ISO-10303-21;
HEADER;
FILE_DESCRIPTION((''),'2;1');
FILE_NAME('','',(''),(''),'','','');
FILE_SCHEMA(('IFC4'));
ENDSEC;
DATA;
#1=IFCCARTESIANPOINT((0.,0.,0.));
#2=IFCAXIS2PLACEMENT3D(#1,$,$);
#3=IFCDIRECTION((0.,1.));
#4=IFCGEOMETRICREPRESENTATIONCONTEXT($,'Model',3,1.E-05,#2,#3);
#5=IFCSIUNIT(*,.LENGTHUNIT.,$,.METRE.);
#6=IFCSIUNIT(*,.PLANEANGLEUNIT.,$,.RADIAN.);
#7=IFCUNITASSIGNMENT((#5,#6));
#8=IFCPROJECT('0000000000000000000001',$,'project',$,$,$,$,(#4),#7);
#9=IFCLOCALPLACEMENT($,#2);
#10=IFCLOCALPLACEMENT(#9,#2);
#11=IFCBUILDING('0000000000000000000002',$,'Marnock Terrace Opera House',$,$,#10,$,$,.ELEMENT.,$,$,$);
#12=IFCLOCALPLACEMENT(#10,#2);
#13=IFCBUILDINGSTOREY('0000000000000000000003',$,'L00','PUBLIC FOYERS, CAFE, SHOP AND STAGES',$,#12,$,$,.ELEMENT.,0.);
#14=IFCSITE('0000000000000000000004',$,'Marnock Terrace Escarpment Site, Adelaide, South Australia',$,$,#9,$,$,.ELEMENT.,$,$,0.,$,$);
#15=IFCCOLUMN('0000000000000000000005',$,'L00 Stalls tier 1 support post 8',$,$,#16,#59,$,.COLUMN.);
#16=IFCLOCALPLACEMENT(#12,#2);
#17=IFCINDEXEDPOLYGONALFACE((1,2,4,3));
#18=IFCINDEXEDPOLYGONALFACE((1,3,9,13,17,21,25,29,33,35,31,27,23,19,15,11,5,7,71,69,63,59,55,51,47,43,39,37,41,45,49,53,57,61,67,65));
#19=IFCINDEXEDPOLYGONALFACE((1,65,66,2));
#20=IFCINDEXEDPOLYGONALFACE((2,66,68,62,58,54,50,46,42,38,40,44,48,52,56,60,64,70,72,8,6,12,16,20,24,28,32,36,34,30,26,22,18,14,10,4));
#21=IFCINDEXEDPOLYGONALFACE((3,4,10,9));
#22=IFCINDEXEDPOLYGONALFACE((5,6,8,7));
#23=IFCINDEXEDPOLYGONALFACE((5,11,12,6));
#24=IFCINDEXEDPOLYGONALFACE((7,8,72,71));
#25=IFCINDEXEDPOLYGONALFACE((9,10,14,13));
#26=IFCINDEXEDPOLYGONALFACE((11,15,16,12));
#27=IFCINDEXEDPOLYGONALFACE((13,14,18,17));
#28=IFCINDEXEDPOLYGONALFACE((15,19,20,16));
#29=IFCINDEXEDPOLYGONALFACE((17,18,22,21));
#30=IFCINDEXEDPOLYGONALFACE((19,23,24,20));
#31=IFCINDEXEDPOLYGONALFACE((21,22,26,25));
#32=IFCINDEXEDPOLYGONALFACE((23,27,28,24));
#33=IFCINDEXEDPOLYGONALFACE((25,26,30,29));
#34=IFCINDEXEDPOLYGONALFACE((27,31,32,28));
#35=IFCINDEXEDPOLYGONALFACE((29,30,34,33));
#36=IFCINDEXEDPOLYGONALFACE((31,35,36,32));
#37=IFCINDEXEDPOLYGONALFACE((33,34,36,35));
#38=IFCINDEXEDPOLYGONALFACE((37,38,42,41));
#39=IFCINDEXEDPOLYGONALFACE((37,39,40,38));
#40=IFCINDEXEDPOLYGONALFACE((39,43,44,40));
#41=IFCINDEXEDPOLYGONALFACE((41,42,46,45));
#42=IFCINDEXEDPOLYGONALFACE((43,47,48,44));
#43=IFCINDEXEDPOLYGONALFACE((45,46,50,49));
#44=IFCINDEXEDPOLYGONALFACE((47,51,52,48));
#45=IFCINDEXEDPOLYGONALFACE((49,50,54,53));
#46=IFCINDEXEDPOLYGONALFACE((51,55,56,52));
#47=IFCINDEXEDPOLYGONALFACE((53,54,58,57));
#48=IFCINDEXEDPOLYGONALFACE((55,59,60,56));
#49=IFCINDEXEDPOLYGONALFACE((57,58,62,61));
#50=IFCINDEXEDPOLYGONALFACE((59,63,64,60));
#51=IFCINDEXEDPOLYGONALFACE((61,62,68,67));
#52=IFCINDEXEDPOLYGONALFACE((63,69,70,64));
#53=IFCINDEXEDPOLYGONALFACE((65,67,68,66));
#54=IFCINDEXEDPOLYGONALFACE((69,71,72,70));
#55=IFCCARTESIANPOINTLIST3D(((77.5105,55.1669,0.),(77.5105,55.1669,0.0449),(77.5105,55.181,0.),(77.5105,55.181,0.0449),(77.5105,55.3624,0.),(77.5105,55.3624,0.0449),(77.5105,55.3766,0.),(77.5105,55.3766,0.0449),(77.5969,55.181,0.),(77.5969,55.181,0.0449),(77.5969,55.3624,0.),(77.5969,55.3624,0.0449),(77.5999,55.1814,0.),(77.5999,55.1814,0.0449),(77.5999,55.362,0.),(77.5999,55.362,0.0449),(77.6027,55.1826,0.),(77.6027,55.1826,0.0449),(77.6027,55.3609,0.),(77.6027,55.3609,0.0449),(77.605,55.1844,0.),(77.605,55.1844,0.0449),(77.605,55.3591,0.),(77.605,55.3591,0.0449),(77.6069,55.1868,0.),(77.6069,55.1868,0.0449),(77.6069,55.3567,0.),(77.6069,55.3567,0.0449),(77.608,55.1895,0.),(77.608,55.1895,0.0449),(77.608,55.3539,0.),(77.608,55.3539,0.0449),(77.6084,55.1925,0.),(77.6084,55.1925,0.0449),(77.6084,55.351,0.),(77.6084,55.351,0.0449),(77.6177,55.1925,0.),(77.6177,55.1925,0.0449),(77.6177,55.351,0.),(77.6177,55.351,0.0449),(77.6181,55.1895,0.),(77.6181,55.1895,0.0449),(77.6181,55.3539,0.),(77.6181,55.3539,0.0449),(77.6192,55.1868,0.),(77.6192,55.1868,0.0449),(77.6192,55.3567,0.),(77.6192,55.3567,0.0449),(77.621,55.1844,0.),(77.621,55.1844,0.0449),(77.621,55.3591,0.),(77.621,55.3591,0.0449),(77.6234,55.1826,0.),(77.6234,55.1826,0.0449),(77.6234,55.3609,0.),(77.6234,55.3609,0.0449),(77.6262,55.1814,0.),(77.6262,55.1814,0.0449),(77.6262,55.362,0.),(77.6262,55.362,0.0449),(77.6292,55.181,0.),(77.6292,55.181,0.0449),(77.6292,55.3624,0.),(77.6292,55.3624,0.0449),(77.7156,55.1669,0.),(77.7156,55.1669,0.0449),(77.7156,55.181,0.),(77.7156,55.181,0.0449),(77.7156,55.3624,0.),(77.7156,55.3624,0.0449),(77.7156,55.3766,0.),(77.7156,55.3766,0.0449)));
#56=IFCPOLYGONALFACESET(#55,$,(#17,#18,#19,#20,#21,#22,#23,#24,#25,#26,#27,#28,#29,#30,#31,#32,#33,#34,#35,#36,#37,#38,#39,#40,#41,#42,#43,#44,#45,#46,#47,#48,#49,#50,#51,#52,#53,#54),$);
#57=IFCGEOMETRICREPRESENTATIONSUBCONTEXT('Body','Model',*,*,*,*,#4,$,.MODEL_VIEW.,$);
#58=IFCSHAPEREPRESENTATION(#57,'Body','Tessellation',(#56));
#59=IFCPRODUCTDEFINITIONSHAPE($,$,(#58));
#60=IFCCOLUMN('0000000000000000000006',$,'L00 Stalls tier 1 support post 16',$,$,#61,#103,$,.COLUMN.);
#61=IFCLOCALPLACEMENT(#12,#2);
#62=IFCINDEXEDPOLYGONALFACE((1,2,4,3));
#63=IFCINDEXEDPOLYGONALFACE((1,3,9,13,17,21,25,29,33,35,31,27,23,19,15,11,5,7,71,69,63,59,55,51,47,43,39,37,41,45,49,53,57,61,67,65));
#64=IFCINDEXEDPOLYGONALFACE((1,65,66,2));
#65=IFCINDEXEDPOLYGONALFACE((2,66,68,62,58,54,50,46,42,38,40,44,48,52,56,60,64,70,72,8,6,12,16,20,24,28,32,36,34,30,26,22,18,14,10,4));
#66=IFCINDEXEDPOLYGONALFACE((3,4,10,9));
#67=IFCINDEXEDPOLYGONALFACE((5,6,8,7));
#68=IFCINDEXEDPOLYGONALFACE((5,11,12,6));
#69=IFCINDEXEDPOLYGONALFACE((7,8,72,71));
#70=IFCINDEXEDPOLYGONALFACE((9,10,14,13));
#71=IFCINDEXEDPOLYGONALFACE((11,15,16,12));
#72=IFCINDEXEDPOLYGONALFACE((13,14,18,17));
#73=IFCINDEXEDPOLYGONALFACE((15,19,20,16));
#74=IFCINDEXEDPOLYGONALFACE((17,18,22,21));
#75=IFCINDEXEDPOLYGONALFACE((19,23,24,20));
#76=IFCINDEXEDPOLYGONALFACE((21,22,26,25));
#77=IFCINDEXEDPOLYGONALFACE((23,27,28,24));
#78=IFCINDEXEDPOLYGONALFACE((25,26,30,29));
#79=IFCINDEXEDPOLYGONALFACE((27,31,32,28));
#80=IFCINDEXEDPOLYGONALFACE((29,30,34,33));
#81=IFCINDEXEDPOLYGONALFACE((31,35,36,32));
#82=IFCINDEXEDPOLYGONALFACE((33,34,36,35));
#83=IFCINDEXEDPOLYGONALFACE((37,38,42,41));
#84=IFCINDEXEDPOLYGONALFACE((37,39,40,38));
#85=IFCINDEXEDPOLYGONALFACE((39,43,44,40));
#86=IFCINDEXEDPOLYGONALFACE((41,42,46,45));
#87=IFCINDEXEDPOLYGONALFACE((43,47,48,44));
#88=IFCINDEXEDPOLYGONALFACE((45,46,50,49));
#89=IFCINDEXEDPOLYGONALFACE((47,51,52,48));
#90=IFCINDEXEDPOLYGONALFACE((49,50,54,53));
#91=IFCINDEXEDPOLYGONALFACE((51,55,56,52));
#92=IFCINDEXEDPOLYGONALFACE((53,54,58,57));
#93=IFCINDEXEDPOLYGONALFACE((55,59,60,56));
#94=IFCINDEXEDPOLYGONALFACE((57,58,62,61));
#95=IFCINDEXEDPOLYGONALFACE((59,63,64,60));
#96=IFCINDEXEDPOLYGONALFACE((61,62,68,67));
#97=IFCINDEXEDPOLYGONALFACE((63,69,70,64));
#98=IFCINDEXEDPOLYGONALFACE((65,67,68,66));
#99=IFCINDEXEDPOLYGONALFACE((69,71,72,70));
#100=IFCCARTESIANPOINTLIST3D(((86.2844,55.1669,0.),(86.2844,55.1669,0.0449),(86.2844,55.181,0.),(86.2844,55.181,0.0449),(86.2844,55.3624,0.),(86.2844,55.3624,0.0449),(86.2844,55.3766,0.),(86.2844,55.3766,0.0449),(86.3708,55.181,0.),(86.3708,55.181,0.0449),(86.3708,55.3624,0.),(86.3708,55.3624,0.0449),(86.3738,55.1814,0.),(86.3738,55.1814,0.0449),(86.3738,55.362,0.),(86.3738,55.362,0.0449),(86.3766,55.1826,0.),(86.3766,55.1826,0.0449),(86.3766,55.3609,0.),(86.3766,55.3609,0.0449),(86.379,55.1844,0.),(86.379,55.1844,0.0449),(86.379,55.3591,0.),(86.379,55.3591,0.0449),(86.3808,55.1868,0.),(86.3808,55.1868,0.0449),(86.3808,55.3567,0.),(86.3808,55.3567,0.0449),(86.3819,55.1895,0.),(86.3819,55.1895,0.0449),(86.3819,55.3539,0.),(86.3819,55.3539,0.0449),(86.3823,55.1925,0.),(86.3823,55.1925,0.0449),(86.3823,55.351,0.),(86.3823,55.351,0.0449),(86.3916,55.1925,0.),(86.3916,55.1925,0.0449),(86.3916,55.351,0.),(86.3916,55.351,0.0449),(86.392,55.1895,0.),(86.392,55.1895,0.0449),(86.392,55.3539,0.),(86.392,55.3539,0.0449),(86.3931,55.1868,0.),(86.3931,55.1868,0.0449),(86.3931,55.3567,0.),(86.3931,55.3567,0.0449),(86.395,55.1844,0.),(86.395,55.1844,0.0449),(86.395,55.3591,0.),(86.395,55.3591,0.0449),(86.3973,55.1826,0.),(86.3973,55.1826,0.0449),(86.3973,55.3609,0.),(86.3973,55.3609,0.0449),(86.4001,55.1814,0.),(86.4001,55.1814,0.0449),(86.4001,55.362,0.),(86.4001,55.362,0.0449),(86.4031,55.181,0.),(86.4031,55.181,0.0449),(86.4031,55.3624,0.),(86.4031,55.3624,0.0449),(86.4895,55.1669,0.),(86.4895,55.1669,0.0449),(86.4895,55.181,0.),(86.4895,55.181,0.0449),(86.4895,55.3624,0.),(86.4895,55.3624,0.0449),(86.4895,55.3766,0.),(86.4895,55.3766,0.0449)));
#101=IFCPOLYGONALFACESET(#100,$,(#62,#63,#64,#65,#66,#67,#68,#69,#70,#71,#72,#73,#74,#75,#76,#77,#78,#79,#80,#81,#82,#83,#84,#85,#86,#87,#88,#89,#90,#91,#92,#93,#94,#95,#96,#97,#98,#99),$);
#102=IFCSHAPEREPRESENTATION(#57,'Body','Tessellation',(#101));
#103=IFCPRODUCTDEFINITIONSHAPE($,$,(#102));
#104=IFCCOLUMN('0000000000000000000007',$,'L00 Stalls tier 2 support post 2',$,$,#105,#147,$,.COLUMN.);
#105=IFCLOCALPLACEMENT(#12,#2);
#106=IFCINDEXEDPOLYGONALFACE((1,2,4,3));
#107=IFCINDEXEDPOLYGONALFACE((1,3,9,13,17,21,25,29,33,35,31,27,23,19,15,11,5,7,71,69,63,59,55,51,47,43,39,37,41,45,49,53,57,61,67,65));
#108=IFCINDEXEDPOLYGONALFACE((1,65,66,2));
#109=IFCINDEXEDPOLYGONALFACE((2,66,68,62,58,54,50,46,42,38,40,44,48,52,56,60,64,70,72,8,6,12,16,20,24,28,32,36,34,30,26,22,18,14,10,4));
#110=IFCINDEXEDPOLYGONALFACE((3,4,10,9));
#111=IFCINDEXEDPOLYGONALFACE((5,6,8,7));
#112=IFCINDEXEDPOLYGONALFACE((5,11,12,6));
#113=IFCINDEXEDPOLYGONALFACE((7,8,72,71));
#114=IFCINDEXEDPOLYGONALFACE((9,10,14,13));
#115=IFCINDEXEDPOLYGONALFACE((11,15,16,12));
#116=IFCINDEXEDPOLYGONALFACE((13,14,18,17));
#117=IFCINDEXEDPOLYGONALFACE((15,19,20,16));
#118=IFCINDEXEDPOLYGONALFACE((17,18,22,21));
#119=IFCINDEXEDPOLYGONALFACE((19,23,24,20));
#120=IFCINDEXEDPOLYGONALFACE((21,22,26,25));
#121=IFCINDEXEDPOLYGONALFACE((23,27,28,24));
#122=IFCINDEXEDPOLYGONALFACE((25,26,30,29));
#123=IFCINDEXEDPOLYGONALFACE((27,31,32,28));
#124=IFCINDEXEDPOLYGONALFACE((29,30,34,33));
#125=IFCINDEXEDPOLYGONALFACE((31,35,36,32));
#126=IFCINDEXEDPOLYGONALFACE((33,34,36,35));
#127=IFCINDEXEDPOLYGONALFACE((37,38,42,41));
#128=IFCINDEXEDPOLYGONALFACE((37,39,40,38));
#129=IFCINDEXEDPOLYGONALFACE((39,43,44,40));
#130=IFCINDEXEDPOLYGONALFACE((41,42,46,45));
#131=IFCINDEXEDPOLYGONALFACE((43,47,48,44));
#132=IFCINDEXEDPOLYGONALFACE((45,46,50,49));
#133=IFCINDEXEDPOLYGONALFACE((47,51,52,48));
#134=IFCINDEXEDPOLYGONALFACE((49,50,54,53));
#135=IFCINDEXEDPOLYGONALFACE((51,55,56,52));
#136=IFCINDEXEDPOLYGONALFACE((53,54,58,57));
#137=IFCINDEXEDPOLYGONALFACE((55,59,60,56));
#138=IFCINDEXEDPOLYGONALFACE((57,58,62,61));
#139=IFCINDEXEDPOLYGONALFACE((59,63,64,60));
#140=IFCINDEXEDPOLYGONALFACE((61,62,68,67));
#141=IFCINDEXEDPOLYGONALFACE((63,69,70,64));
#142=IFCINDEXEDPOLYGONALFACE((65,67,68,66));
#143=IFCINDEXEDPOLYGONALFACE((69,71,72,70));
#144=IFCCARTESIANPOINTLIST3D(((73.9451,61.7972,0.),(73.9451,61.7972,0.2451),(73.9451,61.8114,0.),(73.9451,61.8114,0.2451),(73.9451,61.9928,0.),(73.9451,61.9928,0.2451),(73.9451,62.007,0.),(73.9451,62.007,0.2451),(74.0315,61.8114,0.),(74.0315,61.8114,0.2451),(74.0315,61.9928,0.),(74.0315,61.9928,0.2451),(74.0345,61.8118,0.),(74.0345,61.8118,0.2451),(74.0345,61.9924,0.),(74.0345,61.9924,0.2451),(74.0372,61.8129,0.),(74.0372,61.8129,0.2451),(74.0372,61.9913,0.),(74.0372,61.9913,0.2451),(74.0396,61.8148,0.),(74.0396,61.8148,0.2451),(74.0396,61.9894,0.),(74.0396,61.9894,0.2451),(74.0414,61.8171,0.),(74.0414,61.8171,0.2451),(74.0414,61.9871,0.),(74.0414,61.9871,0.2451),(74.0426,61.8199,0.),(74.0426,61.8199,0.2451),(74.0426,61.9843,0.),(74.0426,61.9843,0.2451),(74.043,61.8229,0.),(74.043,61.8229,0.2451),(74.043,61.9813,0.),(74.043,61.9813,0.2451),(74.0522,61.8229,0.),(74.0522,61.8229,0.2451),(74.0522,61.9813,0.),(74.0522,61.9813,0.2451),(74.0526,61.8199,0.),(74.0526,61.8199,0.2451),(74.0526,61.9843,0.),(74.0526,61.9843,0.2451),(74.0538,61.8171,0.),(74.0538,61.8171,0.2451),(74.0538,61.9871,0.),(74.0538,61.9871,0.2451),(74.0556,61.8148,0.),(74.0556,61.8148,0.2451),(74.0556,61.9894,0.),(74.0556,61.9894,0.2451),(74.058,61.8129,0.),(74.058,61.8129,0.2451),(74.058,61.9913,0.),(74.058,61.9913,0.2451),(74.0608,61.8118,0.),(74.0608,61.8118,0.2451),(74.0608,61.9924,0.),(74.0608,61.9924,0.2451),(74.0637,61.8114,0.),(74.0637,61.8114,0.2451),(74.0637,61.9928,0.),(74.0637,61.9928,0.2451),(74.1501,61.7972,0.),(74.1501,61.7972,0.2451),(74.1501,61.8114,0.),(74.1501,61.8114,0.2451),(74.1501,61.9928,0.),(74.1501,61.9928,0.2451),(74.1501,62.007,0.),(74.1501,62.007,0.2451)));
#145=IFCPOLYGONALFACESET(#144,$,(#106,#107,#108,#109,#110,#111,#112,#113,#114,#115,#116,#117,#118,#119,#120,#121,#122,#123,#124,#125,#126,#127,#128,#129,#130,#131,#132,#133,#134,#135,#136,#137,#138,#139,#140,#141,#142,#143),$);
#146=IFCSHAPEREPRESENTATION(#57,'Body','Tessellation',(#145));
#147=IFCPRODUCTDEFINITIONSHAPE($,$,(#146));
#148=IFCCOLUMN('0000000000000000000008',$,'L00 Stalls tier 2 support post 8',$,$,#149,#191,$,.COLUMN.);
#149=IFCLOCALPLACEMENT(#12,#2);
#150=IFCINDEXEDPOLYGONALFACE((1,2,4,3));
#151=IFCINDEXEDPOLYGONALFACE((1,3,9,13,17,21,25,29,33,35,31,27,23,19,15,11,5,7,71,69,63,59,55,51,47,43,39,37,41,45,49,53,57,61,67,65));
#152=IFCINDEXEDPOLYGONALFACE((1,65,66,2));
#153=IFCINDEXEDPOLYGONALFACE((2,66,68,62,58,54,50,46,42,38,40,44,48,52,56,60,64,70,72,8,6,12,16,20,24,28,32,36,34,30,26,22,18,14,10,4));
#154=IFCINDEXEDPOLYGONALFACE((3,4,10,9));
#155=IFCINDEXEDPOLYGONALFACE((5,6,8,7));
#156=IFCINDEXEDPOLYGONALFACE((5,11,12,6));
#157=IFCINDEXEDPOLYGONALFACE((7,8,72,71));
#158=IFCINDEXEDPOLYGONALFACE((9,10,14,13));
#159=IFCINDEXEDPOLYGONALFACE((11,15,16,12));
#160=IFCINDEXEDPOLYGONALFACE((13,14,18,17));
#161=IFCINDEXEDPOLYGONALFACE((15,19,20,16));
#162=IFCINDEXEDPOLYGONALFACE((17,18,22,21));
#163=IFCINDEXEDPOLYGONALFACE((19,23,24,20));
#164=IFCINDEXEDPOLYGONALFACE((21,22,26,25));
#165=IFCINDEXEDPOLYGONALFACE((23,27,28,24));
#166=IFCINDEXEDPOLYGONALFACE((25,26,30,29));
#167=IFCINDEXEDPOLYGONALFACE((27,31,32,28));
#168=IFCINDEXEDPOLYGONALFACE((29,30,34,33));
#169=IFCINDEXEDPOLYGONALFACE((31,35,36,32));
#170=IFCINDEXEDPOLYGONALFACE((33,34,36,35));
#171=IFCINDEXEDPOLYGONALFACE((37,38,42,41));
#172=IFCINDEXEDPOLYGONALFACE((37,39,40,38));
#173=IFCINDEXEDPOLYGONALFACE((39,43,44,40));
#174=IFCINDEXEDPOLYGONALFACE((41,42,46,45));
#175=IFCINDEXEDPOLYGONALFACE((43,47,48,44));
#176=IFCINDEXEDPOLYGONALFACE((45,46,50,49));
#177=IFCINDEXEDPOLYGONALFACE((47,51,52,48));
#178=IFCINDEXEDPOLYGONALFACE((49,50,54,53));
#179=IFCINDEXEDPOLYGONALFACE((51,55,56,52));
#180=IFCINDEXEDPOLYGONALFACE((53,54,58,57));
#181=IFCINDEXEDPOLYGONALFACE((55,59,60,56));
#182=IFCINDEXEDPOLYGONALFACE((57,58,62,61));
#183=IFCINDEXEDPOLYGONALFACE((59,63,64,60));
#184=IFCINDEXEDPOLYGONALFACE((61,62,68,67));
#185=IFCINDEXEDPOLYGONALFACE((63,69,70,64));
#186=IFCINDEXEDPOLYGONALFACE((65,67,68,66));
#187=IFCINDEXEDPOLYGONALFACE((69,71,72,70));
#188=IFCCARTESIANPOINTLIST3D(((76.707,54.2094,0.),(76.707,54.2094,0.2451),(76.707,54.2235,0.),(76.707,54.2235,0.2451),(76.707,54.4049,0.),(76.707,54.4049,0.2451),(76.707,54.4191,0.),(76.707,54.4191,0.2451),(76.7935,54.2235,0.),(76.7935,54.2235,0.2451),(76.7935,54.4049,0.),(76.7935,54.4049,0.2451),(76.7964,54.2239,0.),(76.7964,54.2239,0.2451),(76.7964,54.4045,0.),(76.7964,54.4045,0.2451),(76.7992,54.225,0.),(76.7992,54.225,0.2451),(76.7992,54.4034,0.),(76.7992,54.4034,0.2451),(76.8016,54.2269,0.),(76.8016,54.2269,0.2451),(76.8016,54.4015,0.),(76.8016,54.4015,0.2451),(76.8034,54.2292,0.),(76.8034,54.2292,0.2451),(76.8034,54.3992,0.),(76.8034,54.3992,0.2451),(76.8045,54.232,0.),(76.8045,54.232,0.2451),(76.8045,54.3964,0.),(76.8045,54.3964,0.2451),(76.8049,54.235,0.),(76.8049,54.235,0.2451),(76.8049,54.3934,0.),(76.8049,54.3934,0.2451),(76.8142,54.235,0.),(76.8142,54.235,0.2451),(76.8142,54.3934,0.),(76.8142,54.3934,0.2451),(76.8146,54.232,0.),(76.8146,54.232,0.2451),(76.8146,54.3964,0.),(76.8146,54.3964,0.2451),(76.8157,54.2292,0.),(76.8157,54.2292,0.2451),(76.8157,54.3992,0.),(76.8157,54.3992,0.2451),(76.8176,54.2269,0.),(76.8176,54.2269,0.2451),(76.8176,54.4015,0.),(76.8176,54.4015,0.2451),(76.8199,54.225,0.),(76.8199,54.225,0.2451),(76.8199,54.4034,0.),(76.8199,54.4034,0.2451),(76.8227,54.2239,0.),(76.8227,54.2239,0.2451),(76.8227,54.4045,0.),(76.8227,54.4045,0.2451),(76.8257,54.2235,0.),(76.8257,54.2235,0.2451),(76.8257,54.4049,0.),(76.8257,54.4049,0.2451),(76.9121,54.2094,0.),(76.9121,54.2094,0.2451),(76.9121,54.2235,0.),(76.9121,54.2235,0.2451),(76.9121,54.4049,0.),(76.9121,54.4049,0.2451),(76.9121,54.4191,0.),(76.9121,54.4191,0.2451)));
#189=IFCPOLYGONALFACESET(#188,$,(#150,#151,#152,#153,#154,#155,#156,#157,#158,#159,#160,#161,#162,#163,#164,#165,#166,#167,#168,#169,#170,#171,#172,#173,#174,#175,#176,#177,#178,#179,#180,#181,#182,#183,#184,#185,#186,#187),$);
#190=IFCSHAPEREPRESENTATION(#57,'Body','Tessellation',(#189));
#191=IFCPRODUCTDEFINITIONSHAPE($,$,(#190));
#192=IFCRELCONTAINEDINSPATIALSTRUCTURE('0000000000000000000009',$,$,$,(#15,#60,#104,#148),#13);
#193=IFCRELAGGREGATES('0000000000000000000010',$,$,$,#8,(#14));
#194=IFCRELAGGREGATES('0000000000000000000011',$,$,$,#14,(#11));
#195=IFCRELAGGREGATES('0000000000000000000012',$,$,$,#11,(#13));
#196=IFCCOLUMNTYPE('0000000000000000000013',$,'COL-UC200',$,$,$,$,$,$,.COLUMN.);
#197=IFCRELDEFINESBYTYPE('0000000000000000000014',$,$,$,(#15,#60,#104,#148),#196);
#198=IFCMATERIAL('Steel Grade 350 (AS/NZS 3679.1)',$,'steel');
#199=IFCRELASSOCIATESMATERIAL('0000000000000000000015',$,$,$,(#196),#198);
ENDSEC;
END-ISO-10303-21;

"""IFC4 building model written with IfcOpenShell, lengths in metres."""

from ifc_helpers import new_model, si_unit, direction, frame, origin, origin_2d, place, context, subcontext, project, spatial, i_section, extrude, material, material_profile, profile_set, type_object, element, save


model = new_model("IFC4")

# Units and contexts
model_context = context("Model", 3, precision=1e-05, world=origin(), true_north=direction((0.0, 1.0)))
body_context = subcontext(model_context, "Body", "Model", "MODEL_VIEW")
ifc_project = project(units=[si_unit("LENGTHUNIT", "METRE"), si_unit("PLANEANGLEUNIT", "RADIAN")], contexts=[model_context])

# Site, building, storey
site_placement = place(None, origin())
site = spatial("IfcSite", under=ifc_project, at=site_placement, Name="Marnock Terrace Escarpment Site, Adelaide, South Australia", CompositionType="ELEMENT", RefElevation=0.0)
building_placement = place(site_placement, origin())
building = spatial("IfcBuilding", under=site, at=building_placement, Name="Marnock Terrace Opera House", CompositionType="ELEMENT")
storey_placement = place(building_placement, origin())
storey = spatial("IfcBuildingStorey", under=building, at=storey_placement, Name="L00", Description="PUBLIC FOYERS, CAFE, SHOP AND STAGES", CompositionType="ELEMENT", Elevation=0.0)

# Columns
ifc_material_1 = material(Name="Steel Grade 350 (AS/NZS 3679.1)", Category="steel")
ifc_material_profile_1 = material_profile(ifc_material_1, i_section(OverallWidth=0.2051, OverallDepth=0.2097, WebThickness=0.0093, FlangeThickness=0.0142, FilletRadius=0.0115, at=origin_2d()))
ifc_profile_set_1 = profile_set([ifc_material_profile_1], Name="Steel Grade 350 (AS/NZS 3679.1)")
column_type_1 = type_object("IfcColumnType", Name="COL-UC200", PredefinedType="COLUMN", material=ifc_profile_set_1)
for number, where, z_axis, x_axis, name in (
    (1, (77.613, 55.2717, 0.0), (0.0, 0.0, 1.0), (1.0, 0.0, 0.0), "L00 Stalls tier 1 support post 8"),
    (2, (86.387, 55.2717, 0.0), (0.0, 0.0, 1.0), (1.0, 0.0, 0.0), "L00 Stalls tier 1 support post 16"),
):
    element("IfcColumn", number, at=place(storey_placement, frame(where, z_axis=z_axis, x_axis=x_axis)), inside=storey, type_object=column_type_1, Name=name, PredefinedType="COLUMN", context=body_context, shape_type="SweptSolid", body=[
        extrude(i_section(OverallWidth=0.2051, OverallDepth=0.2097, WebThickness=0.0093, FlangeThickness=0.0142, FilletRadius=0.0115, at=origin_2d()), origin(), (0.0, 0.0, 1.0), 0.0449),
    ])
for number, where, z_axis, x_axis, name in (
    (3, (74.0476, 61.9021, 0.0), (0.0, 0.0, 1.0), (1.0, 0.0, 0.0), "L00 Stalls tier 2 support post 2"),
    (4, (76.8096, 54.3142, 0.0), (0.0, 0.0, 1.0), (1.0, 0.0, 0.0), "L00 Stalls tier 2 support post 8"),
):
    element("IfcColumn", number, at=place(storey_placement, frame(where, z_axis=z_axis, x_axis=x_axis)), inside=storey, type_object=column_type_1, Name=name, PredefinedType="COLUMN", context=body_context, shape_type="SweptSolid", body=[
        extrude(i_section(OverallWidth=0.2051, OverallDepth=0.2097, WebThickness=0.0093, FlangeThickness=0.0142, FilletRadius=0.0115, at=origin_2d()), origin(), (0.0, 0.0, 1.0), 0.2451),
    ])

save(model, "model.ifc")
